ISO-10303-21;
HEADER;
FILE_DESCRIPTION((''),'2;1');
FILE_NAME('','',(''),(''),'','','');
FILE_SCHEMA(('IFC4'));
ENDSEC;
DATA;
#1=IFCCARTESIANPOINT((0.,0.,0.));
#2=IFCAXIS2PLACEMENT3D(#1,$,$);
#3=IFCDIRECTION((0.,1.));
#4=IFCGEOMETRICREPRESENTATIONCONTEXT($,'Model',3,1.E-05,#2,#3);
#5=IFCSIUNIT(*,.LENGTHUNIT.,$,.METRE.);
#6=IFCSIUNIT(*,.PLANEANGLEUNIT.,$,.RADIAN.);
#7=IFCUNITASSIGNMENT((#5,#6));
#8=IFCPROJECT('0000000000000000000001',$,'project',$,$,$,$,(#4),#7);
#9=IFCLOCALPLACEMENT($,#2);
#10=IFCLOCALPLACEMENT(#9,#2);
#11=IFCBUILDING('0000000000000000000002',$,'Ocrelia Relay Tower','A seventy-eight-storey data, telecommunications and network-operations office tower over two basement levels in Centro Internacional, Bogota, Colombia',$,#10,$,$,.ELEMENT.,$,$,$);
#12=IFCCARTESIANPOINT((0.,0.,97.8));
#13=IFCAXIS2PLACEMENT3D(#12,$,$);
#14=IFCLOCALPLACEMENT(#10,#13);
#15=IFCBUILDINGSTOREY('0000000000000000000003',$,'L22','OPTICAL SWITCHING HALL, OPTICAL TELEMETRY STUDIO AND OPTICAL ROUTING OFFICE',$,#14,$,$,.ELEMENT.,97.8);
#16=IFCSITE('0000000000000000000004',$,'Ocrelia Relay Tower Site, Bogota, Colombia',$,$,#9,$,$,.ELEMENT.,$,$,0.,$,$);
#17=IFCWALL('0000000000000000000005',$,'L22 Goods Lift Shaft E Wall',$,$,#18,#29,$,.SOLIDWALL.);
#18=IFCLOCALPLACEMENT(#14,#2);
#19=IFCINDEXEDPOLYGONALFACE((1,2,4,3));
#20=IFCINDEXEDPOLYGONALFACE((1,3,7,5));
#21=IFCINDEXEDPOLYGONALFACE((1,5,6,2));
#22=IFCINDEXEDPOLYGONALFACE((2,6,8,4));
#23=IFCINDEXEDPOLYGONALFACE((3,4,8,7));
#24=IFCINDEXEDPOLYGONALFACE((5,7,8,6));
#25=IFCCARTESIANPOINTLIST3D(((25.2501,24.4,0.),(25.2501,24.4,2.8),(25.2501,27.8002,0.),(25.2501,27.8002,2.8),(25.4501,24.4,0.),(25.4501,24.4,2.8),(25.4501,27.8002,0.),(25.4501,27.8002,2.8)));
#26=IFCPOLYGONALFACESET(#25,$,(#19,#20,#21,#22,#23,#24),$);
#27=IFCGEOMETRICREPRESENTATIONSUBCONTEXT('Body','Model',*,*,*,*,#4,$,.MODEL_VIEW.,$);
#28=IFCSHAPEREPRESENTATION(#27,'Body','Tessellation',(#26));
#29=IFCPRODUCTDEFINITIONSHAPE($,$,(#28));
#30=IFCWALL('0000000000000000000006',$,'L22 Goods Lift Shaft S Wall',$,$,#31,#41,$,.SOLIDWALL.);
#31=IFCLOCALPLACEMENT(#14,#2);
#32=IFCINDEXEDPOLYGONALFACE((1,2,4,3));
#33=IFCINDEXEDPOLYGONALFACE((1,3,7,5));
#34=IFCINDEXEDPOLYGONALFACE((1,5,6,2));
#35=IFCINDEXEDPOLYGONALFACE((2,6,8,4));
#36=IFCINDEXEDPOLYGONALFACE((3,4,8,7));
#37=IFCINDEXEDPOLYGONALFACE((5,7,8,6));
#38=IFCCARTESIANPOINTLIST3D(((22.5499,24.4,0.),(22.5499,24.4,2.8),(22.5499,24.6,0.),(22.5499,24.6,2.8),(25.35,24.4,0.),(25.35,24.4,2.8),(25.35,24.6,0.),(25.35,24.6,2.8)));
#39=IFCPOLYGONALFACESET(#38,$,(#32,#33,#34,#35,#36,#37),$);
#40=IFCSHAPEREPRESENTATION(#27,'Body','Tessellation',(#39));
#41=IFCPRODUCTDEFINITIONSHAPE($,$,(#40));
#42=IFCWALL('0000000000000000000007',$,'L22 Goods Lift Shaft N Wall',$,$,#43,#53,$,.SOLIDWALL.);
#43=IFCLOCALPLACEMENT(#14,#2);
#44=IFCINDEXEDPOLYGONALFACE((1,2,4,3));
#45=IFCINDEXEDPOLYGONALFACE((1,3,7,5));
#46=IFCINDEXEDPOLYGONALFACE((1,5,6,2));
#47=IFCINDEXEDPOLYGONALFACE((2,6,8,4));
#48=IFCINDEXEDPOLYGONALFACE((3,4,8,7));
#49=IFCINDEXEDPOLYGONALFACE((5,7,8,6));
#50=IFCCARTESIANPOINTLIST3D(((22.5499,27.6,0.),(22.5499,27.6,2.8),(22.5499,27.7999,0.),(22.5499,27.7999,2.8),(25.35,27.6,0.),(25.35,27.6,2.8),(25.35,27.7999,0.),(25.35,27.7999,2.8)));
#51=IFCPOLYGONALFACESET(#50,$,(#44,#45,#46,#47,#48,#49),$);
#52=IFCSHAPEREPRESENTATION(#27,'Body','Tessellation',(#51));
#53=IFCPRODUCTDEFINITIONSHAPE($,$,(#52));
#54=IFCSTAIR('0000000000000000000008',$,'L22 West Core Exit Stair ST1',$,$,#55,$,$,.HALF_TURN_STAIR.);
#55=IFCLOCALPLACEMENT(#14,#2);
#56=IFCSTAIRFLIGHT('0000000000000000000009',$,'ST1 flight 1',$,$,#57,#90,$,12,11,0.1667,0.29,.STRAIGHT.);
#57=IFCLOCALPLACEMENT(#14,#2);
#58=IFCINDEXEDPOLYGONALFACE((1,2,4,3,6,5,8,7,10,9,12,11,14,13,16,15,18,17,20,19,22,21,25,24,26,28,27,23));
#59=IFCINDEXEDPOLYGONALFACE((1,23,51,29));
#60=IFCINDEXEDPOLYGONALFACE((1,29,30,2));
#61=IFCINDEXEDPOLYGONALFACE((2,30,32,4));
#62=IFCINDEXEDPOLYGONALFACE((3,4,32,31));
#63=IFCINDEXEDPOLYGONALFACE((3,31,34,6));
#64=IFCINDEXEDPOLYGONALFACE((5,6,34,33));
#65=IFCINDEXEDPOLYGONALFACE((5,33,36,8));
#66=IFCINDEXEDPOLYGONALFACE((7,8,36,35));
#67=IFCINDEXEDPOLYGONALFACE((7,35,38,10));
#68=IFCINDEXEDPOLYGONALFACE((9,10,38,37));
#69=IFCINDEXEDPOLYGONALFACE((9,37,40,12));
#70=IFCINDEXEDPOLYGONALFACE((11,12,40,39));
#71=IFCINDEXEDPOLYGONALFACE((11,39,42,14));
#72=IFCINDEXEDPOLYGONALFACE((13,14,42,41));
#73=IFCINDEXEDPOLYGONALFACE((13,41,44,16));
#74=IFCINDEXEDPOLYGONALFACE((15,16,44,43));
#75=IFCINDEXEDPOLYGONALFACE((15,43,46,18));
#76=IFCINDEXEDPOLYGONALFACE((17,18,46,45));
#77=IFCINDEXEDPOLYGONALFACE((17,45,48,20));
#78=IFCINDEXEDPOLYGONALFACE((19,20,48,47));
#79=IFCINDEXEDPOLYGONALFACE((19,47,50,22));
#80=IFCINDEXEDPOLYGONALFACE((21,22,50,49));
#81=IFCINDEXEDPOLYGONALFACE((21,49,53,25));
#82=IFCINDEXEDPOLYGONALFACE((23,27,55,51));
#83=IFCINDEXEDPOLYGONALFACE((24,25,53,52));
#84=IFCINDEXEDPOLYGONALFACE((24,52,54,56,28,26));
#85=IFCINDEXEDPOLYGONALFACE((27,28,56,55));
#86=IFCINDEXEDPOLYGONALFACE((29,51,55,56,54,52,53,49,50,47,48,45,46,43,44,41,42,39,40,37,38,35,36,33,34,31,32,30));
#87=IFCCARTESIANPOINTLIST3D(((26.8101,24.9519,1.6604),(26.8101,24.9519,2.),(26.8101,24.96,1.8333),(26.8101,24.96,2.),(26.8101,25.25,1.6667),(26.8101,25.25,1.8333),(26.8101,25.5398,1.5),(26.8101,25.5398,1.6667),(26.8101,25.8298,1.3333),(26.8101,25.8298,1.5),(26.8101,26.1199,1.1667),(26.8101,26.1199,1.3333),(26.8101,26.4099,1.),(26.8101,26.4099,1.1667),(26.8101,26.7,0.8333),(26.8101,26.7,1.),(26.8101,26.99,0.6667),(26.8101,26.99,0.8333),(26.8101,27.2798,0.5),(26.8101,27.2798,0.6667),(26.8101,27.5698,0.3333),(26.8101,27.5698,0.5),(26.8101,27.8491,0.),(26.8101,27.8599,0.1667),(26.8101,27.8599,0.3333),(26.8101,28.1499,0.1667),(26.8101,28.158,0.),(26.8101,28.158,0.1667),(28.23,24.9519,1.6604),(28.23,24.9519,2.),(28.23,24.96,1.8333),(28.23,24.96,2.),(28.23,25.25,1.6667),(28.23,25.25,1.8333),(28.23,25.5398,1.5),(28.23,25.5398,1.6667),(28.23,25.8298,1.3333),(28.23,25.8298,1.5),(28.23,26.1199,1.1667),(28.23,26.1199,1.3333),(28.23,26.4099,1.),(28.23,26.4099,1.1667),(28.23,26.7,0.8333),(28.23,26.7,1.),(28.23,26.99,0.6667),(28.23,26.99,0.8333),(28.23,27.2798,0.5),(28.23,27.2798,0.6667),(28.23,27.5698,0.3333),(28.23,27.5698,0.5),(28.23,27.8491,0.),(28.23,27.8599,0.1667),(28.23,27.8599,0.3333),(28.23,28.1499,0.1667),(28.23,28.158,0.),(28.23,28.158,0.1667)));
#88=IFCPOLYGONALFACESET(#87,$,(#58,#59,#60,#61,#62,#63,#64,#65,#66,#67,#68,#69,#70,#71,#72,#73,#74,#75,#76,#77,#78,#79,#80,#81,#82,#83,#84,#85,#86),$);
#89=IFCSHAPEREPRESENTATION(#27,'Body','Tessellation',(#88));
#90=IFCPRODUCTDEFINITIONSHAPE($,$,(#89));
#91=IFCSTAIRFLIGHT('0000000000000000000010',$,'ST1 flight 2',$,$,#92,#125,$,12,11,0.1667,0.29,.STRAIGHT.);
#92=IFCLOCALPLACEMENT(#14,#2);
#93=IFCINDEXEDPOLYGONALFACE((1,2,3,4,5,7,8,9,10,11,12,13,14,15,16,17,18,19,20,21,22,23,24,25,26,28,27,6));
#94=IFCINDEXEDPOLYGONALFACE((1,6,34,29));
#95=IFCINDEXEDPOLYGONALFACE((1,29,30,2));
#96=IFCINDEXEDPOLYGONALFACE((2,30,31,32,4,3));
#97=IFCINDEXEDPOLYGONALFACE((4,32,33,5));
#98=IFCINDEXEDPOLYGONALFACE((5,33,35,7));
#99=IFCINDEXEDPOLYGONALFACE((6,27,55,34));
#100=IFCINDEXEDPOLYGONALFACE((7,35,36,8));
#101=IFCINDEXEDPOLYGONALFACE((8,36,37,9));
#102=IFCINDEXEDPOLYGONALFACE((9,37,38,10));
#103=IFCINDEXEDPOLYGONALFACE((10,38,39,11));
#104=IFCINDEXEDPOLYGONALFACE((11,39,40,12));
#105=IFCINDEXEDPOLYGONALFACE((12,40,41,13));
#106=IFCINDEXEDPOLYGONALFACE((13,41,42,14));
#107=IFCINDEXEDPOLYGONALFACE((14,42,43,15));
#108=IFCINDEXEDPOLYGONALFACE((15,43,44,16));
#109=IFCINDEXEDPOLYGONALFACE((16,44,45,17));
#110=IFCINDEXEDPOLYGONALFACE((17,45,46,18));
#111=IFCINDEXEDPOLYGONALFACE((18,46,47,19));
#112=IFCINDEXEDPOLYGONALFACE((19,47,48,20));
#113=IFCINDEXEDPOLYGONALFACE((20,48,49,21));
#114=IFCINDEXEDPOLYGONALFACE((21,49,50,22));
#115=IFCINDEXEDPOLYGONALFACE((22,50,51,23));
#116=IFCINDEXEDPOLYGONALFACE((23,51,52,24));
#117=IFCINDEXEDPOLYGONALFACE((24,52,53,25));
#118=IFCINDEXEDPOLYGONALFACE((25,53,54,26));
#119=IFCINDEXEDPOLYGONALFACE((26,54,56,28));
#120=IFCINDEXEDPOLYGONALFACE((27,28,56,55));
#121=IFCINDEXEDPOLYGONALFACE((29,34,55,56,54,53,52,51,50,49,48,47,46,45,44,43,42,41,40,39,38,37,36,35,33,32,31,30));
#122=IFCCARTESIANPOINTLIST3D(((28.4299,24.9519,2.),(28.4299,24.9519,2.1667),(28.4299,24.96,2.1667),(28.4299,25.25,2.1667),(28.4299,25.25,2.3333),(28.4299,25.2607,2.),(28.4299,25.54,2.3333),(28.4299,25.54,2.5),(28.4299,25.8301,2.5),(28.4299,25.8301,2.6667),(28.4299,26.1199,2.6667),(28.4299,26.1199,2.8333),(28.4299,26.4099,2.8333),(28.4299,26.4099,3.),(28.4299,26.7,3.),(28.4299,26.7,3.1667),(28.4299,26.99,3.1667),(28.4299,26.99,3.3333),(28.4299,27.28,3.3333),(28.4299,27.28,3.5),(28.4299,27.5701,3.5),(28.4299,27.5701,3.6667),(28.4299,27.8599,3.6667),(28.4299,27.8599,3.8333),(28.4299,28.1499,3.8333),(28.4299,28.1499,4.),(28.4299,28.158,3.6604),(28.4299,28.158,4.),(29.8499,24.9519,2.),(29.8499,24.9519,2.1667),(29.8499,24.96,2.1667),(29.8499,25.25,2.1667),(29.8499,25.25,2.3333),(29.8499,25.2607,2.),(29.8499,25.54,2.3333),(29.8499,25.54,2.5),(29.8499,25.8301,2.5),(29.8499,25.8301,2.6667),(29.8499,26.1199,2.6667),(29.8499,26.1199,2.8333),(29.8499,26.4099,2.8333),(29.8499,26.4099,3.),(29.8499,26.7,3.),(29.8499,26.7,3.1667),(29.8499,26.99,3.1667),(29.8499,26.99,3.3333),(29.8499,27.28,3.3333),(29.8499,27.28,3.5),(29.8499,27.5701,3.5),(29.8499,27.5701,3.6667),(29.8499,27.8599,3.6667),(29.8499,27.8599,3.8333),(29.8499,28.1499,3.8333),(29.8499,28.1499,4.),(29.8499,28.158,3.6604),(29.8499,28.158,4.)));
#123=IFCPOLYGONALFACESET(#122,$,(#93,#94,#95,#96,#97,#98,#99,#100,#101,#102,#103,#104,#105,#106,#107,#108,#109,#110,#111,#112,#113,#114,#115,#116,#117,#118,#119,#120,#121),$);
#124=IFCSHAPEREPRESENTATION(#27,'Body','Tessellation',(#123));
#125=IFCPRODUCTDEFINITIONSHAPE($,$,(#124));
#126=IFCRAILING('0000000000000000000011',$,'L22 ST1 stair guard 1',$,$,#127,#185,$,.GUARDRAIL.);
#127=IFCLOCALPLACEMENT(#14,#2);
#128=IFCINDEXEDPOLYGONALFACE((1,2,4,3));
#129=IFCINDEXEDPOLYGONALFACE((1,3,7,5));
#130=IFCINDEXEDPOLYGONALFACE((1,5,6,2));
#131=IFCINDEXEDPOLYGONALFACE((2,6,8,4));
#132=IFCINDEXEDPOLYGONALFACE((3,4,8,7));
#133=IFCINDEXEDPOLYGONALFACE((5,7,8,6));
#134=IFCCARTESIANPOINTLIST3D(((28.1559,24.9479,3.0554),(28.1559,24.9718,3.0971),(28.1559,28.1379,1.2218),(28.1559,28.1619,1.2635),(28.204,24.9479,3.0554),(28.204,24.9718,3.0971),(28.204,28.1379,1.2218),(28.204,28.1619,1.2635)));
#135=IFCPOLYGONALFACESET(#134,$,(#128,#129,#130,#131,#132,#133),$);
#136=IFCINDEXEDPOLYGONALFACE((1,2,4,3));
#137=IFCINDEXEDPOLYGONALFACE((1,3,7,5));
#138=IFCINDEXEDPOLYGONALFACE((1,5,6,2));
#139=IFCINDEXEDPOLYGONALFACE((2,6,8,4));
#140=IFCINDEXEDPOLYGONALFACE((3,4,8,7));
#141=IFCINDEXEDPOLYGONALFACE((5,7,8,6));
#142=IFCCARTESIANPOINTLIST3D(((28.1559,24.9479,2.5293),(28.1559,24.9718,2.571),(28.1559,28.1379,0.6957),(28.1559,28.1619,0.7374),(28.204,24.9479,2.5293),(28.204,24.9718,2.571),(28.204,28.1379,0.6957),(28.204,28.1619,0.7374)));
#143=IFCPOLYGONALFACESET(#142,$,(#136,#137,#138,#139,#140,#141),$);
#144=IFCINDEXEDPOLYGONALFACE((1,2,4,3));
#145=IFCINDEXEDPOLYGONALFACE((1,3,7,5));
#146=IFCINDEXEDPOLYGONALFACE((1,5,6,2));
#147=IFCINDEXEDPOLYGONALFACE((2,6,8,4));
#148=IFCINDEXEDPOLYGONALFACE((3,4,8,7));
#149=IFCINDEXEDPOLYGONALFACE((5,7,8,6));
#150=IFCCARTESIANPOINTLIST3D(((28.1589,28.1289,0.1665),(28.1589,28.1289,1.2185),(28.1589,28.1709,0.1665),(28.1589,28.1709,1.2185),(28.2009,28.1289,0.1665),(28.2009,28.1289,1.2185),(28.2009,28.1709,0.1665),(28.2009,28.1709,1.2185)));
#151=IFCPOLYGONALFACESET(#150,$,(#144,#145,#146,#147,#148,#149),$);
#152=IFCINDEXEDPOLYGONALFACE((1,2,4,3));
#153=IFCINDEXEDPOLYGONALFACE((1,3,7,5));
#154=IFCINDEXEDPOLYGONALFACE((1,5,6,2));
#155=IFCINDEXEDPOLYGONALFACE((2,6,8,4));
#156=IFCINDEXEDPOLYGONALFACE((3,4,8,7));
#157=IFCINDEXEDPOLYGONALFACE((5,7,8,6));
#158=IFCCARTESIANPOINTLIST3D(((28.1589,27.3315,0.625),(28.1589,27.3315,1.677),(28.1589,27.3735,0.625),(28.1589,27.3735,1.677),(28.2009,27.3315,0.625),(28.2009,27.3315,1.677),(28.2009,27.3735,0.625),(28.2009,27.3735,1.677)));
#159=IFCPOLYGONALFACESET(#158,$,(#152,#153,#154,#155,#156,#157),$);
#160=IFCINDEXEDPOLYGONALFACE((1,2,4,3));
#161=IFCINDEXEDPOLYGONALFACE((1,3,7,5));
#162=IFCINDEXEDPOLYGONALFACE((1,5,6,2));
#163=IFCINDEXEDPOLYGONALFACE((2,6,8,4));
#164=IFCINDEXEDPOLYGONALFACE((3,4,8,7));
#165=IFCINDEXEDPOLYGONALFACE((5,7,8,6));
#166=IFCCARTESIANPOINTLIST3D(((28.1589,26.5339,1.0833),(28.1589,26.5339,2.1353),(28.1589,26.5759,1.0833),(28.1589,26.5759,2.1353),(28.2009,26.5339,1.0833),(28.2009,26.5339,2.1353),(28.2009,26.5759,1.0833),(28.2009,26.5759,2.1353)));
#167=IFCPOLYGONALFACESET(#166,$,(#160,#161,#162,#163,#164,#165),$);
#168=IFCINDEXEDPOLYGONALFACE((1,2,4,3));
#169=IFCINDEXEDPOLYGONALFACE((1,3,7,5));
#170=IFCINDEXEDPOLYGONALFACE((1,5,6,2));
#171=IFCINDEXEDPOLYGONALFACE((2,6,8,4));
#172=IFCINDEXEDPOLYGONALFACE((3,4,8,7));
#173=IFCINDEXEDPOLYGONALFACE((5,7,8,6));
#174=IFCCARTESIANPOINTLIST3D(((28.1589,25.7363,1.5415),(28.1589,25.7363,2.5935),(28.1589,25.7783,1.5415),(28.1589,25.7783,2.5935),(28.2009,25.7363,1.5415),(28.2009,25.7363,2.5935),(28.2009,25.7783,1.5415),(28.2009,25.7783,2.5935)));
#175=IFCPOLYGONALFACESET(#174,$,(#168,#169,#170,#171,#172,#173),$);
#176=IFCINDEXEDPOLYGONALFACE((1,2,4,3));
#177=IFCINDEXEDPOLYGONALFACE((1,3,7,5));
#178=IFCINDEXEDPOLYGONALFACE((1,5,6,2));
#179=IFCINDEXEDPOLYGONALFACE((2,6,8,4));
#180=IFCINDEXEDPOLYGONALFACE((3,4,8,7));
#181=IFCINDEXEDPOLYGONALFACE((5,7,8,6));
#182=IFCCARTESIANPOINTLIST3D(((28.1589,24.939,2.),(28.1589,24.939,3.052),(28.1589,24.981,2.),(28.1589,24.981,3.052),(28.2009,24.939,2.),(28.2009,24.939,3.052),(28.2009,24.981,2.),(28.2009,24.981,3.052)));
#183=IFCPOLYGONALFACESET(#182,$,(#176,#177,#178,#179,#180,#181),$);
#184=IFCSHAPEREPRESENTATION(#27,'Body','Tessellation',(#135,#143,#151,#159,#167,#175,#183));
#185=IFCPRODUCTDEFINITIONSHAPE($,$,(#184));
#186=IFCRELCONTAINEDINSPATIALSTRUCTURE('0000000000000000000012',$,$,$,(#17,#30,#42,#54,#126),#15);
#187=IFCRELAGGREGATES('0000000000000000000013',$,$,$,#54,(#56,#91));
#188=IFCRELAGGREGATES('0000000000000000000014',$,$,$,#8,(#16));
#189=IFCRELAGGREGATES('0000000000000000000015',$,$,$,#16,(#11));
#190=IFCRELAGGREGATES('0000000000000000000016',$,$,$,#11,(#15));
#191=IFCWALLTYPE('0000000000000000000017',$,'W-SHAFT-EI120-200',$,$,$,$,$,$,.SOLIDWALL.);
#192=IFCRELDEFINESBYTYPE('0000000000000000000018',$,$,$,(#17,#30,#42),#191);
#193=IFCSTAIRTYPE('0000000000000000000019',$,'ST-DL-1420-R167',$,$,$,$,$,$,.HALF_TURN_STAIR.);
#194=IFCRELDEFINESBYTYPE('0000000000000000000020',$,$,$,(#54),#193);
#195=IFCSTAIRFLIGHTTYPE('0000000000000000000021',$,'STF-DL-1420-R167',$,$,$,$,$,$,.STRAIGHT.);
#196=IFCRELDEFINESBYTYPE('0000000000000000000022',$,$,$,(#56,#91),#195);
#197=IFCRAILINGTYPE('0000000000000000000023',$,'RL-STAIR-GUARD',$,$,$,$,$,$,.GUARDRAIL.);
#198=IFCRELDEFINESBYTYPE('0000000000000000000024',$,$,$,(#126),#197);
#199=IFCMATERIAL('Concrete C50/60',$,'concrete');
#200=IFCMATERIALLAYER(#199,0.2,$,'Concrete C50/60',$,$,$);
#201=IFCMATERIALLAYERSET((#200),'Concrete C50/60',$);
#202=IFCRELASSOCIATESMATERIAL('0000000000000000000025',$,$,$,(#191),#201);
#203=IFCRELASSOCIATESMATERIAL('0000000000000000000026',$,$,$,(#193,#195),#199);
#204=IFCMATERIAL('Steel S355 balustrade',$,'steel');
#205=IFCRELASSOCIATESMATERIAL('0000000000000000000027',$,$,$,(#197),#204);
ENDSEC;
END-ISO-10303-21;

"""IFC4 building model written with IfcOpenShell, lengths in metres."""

from ifc_helpers import new_model, si_unit, direction, frame, frame_2d, origin, origin_2d, place, context, subcontext, project, spatial, polyline, rectangle, outline, extrude, material, layer, layer_set, type_object, element, aggregate, save


model = new_model("IFC4")

# Units and contexts
model_context = context("Model", 3, precision=1e-05, world=origin(), true_north=direction((0.0, 1.0)))
body_context = subcontext(model_context, "Body", "Model", "MODEL_VIEW")
ifc_project = project(units=[si_unit("LENGTHUNIT", "METRE"), si_unit("PLANEANGLEUNIT", "RADIAN")], contexts=[model_context])

# Site, building, storey
site_placement = place(None, origin())
site = spatial("IfcSite", under=ifc_project, at=site_placement, Name="Ocrelia Relay Tower Site, Bogota, Colombia", CompositionType="ELEMENT", RefElevation=0.0)
building_placement = place(site_placement, origin())
building = spatial("IfcBuilding", under=site, at=building_placement, Name="Ocrelia Relay Tower", Description="A seventy-eight-storey data, telecommunications and network-operations office tower over two basement levels in Centro Internacional, Bogota, Colombia", CompositionType="ELEMENT")
storey_placement = place(building_placement, frame((0.0, 0.0, 97.8)))
storey = spatial("IfcBuildingStorey", under=building, at=storey_placement, Name="L22", Description="OPTICAL SWITCHING HALL, OPTICAL TELEMETRY STUDIO AND OPTICAL ROUTING OFFICE", CompositionType="ELEMENT", Elevation=97.8)

# Shared definitions
ifc_material_1 = material(Name="Concrete C50/60", Category="concrete")

# Shared definitions
ifc_layer_1 = layer(ifc_material_1, 0.2, Name="Concrete C50/60")
ifc_layer_set_1 = layer_set([ifc_layer_1], Name="Concrete C50/60")
wall_type_1 = type_object("IfcWallType", Name="W-SHAFT-EI120-200", PredefinedType="SOLIDWALL", material=ifc_layer_set_1)

# Walls
wall_1_placement = place(storey_placement, frame((25.3501, 24.3999, 0.0), z_axis=(0.0, 0.0, 1.0), x_axis=(0.0, 1.0, 0.0)))
element("IfcWall", 1, at=wall_1_placement, inside=storey, type_object=wall_type_1, Name="L22 Goods Lift Shaft E Wall", PredefinedType="SOLIDWALL", context=body_context, shape_type="SweptSolid", body=[
    extrude(rectangle(XDim=3.4001, YDim=0.2, at=frame_2d((1.7002, 0.0))), origin(), (0.0, 0.0, 1.0), 2.8),
])
for number, where, z_axis, x_axis, name in (
    (2, (22.55, 24.5, 0.0), (0.0, 0.0, 1.0), (1.0, 0.0, 0.0), "L22 Goods Lift Shaft S Wall"),
    (3, (22.55, 27.7, 0.0), (0.0, 0.0, 1.0), (1.0, 0.0, 0.0), "L22 Goods Lift Shaft N Wall"),
):
    element("IfcWall", number, at=place(storey_placement, frame(where, z_axis=z_axis, x_axis=x_axis)), inside=storey, type_object=wall_type_1, Name=name, PredefinedType="SOLIDWALL", context=body_context, shape_type="SweptSolid", body=[
        extrude(rectangle(XDim=2.8, YDim=0.2, at=frame_2d((1.3999, 0.0))), origin(), (0.0, 0.0, 1.0), 2.8),
    ])

# Stair, stair flights
stair_type = type_object("IfcStairType", Name="ST-DL-1420-R167", PredefinedType="HALF_TURN_STAIR", material=ifc_material_1)
stair_placement = place(storey_placement, origin())
stair = element("IfcStair", 4, at=stair_placement, inside=storey, type_object=stair_type, Name="L22 West Core Exit Stair ST1", PredefinedType="HALF_TURN_STAIR")
stair_flight_type = type_object("IfcStairFlightType", Name="STF-DL-1420-R167", PredefinedType="STRAIGHT", material=ifc_material_1)
stair_flight_1_placement = place(storey_placement, frame((27.52, 28.1499, 0.0), z_axis=(0.0, 0.0, 1.0), x_axis=(0.0, -1.0, 0.0)))
stair_flight_1 = element("IfcStairFlight", 5, at=stair_flight_1_placement, type_object=stair_flight_type, Name="ST1 flight 1", NumberOfRisers=12, NumberOfTreads=11, PredefinedType="STRAIGHT", RiserHeight=0.1667, TreadLength=0.29, context=body_context, shape_type="SweptSolid", body=[
    extrude(outline(polyline([(-0.0081, 0.0), (-0.0081, 0.1667), (0.0, 0.1667), (0.29, 0.1667), (0.29, 0.3333), (0.5801, 0.3333), (0.5801, 0.5), (0.8701, 0.5), (0.8701, 0.6667), (1.1599, 0.6667), (1.1599, 0.8333), (1.45, 0.8333), (1.45, 1.0), (1.74, 1.0), (1.74, 1.1667), (2.03, 1.1667), (2.03, 1.3333), (2.3201, 1.3333), (2.3201, 1.5), (2.6101, 1.5), (2.6101, 1.6667), (2.8999, 1.6667), (2.8999, 1.8333), (3.1899, 1.8333), (3.1899, 2.0), (3.198, 2.0), (3.198, 1.6604), (0.3008, 0.0), (-0.0081, 0.0)])), frame((0.0, 0.71, 0.0), z_axis=(0.0, -1.0, 0.0), x_axis=(1.0, 0.0, 0.0)), (0.0, 0.0, 1.0), 1.4199),
])
stair_flight_2_placement = place(storey_placement, frame((29.1399, 24.96, 2.0), z_axis=(0.0, 0.0, 1.0), x_axis=(0.0, 1.0, 0.0)))
stair_flight_2 = element("IfcStairFlight", 6, at=stair_flight_2_placement, type_object=stair_flight_type, Name="ST1 flight 2", NumberOfRisers=12, NumberOfTreads=11, PredefinedType="STRAIGHT", RiserHeight=0.1667, TreadLength=0.29, context=body_context, shape_type="SweptSolid", body=[
    extrude(outline(polyline([(-0.0081, 0.0), (-0.0081, 0.1667), (0.0, 0.1667), (0.29, 0.1667), (0.29, 0.3333), (0.5801, 0.3333), (0.5801, 0.5), (0.8701, 0.5), (0.8701, 0.6667), (1.1599, 0.6667), (1.1599, 0.8333), (1.45, 0.8333), (1.45, 1.0), (1.74, 1.0), (1.74, 1.1667), (2.03, 1.1667), (2.03, 1.3333), (2.3201, 1.3333), (2.3201, 1.5), (2.6101, 1.5), (2.6101, 1.6667), (2.8999, 1.6667), (2.8999, 1.8333), (3.1899, 1.8333), (3.1899, 2.0), (3.198, 2.0), (3.198, 1.6604), (0.3008, 0.0), (-0.0081, 0.0)])), frame((0.0, 0.71, 0.0), z_axis=(0.0, -1.0, 0.0), x_axis=(1.0, 0.0, 0.0)), (0.0, 0.0, 1.0), 1.4199),
])
aggregate(stair, [stair_flight_1, stair_flight_2])

# Railing
ifc_material_2 = material(Name="Steel S355 balustrade", Category="steel")
railing_type_1 = type_object("IfcRailingType", Name="RL-STAIR-GUARD", PredefinedType="GUARDRAIL", material=ifc_material_2)
railing_1_placement = place(storey_placement, frame((28.1799, 28.1499, 0.1665)))
element("IfcRailing", 7, at=railing_1_placement, inside=storey, type_object=railing_type_1, Name="L22 ST1 stair guard 1", PredefinedType="GUARDRAIL", context=body_context, shape_type="SweptSolid", body=[
    extrude(rectangle(XDim=0.0481, YDim=0.0481, at=origin_2d()), frame((0.0, 0.0, 1.0762), z_axis=(0.0, -0.866991, 0.498324), x_axis=(1.0, 0.0, 0.0)), (0.0, 0.0, 1.0), 3.6794),
    extrude(rectangle(XDim=0.0481, YDim=0.0481, at=origin_2d()), frame((0.0, 0.0, 0.55), z_axis=(0.0, -0.866991, 0.498324), x_axis=(1.0, 0.0, 0.0)), (0.0, 0.0, 1.0), 3.6794),
    extrude(rectangle(XDim=0.042, YDim=0.042, at=origin_2d()), origin(), (0.0, 0.0, 1.0), 1.052),
    extrude(rectangle(XDim=0.042, YDim=0.042, at=origin_2d()), frame((0.0, -0.7974, 0.4585)), (0.0, 0.0, 1.0), 1.052),
    extrude(rectangle(XDim=0.042, YDim=0.042, at=origin_2d()), frame((0.0, -1.595, 0.9167)), (0.0, 0.0, 1.0), 1.052),
    extrude(rectangle(XDim=0.042, YDim=0.042, at=origin_2d()), frame((0.0, -2.3926, 1.375)), (0.0, 0.0, 1.0), 1.052),
    extrude(rectangle(XDim=0.042, YDim=0.042, at=origin_2d()), frame((0.0, -3.1899, 1.8335)), (0.0, 0.0, 1.0), 1.052),
])

save(model, "model.ifc")
